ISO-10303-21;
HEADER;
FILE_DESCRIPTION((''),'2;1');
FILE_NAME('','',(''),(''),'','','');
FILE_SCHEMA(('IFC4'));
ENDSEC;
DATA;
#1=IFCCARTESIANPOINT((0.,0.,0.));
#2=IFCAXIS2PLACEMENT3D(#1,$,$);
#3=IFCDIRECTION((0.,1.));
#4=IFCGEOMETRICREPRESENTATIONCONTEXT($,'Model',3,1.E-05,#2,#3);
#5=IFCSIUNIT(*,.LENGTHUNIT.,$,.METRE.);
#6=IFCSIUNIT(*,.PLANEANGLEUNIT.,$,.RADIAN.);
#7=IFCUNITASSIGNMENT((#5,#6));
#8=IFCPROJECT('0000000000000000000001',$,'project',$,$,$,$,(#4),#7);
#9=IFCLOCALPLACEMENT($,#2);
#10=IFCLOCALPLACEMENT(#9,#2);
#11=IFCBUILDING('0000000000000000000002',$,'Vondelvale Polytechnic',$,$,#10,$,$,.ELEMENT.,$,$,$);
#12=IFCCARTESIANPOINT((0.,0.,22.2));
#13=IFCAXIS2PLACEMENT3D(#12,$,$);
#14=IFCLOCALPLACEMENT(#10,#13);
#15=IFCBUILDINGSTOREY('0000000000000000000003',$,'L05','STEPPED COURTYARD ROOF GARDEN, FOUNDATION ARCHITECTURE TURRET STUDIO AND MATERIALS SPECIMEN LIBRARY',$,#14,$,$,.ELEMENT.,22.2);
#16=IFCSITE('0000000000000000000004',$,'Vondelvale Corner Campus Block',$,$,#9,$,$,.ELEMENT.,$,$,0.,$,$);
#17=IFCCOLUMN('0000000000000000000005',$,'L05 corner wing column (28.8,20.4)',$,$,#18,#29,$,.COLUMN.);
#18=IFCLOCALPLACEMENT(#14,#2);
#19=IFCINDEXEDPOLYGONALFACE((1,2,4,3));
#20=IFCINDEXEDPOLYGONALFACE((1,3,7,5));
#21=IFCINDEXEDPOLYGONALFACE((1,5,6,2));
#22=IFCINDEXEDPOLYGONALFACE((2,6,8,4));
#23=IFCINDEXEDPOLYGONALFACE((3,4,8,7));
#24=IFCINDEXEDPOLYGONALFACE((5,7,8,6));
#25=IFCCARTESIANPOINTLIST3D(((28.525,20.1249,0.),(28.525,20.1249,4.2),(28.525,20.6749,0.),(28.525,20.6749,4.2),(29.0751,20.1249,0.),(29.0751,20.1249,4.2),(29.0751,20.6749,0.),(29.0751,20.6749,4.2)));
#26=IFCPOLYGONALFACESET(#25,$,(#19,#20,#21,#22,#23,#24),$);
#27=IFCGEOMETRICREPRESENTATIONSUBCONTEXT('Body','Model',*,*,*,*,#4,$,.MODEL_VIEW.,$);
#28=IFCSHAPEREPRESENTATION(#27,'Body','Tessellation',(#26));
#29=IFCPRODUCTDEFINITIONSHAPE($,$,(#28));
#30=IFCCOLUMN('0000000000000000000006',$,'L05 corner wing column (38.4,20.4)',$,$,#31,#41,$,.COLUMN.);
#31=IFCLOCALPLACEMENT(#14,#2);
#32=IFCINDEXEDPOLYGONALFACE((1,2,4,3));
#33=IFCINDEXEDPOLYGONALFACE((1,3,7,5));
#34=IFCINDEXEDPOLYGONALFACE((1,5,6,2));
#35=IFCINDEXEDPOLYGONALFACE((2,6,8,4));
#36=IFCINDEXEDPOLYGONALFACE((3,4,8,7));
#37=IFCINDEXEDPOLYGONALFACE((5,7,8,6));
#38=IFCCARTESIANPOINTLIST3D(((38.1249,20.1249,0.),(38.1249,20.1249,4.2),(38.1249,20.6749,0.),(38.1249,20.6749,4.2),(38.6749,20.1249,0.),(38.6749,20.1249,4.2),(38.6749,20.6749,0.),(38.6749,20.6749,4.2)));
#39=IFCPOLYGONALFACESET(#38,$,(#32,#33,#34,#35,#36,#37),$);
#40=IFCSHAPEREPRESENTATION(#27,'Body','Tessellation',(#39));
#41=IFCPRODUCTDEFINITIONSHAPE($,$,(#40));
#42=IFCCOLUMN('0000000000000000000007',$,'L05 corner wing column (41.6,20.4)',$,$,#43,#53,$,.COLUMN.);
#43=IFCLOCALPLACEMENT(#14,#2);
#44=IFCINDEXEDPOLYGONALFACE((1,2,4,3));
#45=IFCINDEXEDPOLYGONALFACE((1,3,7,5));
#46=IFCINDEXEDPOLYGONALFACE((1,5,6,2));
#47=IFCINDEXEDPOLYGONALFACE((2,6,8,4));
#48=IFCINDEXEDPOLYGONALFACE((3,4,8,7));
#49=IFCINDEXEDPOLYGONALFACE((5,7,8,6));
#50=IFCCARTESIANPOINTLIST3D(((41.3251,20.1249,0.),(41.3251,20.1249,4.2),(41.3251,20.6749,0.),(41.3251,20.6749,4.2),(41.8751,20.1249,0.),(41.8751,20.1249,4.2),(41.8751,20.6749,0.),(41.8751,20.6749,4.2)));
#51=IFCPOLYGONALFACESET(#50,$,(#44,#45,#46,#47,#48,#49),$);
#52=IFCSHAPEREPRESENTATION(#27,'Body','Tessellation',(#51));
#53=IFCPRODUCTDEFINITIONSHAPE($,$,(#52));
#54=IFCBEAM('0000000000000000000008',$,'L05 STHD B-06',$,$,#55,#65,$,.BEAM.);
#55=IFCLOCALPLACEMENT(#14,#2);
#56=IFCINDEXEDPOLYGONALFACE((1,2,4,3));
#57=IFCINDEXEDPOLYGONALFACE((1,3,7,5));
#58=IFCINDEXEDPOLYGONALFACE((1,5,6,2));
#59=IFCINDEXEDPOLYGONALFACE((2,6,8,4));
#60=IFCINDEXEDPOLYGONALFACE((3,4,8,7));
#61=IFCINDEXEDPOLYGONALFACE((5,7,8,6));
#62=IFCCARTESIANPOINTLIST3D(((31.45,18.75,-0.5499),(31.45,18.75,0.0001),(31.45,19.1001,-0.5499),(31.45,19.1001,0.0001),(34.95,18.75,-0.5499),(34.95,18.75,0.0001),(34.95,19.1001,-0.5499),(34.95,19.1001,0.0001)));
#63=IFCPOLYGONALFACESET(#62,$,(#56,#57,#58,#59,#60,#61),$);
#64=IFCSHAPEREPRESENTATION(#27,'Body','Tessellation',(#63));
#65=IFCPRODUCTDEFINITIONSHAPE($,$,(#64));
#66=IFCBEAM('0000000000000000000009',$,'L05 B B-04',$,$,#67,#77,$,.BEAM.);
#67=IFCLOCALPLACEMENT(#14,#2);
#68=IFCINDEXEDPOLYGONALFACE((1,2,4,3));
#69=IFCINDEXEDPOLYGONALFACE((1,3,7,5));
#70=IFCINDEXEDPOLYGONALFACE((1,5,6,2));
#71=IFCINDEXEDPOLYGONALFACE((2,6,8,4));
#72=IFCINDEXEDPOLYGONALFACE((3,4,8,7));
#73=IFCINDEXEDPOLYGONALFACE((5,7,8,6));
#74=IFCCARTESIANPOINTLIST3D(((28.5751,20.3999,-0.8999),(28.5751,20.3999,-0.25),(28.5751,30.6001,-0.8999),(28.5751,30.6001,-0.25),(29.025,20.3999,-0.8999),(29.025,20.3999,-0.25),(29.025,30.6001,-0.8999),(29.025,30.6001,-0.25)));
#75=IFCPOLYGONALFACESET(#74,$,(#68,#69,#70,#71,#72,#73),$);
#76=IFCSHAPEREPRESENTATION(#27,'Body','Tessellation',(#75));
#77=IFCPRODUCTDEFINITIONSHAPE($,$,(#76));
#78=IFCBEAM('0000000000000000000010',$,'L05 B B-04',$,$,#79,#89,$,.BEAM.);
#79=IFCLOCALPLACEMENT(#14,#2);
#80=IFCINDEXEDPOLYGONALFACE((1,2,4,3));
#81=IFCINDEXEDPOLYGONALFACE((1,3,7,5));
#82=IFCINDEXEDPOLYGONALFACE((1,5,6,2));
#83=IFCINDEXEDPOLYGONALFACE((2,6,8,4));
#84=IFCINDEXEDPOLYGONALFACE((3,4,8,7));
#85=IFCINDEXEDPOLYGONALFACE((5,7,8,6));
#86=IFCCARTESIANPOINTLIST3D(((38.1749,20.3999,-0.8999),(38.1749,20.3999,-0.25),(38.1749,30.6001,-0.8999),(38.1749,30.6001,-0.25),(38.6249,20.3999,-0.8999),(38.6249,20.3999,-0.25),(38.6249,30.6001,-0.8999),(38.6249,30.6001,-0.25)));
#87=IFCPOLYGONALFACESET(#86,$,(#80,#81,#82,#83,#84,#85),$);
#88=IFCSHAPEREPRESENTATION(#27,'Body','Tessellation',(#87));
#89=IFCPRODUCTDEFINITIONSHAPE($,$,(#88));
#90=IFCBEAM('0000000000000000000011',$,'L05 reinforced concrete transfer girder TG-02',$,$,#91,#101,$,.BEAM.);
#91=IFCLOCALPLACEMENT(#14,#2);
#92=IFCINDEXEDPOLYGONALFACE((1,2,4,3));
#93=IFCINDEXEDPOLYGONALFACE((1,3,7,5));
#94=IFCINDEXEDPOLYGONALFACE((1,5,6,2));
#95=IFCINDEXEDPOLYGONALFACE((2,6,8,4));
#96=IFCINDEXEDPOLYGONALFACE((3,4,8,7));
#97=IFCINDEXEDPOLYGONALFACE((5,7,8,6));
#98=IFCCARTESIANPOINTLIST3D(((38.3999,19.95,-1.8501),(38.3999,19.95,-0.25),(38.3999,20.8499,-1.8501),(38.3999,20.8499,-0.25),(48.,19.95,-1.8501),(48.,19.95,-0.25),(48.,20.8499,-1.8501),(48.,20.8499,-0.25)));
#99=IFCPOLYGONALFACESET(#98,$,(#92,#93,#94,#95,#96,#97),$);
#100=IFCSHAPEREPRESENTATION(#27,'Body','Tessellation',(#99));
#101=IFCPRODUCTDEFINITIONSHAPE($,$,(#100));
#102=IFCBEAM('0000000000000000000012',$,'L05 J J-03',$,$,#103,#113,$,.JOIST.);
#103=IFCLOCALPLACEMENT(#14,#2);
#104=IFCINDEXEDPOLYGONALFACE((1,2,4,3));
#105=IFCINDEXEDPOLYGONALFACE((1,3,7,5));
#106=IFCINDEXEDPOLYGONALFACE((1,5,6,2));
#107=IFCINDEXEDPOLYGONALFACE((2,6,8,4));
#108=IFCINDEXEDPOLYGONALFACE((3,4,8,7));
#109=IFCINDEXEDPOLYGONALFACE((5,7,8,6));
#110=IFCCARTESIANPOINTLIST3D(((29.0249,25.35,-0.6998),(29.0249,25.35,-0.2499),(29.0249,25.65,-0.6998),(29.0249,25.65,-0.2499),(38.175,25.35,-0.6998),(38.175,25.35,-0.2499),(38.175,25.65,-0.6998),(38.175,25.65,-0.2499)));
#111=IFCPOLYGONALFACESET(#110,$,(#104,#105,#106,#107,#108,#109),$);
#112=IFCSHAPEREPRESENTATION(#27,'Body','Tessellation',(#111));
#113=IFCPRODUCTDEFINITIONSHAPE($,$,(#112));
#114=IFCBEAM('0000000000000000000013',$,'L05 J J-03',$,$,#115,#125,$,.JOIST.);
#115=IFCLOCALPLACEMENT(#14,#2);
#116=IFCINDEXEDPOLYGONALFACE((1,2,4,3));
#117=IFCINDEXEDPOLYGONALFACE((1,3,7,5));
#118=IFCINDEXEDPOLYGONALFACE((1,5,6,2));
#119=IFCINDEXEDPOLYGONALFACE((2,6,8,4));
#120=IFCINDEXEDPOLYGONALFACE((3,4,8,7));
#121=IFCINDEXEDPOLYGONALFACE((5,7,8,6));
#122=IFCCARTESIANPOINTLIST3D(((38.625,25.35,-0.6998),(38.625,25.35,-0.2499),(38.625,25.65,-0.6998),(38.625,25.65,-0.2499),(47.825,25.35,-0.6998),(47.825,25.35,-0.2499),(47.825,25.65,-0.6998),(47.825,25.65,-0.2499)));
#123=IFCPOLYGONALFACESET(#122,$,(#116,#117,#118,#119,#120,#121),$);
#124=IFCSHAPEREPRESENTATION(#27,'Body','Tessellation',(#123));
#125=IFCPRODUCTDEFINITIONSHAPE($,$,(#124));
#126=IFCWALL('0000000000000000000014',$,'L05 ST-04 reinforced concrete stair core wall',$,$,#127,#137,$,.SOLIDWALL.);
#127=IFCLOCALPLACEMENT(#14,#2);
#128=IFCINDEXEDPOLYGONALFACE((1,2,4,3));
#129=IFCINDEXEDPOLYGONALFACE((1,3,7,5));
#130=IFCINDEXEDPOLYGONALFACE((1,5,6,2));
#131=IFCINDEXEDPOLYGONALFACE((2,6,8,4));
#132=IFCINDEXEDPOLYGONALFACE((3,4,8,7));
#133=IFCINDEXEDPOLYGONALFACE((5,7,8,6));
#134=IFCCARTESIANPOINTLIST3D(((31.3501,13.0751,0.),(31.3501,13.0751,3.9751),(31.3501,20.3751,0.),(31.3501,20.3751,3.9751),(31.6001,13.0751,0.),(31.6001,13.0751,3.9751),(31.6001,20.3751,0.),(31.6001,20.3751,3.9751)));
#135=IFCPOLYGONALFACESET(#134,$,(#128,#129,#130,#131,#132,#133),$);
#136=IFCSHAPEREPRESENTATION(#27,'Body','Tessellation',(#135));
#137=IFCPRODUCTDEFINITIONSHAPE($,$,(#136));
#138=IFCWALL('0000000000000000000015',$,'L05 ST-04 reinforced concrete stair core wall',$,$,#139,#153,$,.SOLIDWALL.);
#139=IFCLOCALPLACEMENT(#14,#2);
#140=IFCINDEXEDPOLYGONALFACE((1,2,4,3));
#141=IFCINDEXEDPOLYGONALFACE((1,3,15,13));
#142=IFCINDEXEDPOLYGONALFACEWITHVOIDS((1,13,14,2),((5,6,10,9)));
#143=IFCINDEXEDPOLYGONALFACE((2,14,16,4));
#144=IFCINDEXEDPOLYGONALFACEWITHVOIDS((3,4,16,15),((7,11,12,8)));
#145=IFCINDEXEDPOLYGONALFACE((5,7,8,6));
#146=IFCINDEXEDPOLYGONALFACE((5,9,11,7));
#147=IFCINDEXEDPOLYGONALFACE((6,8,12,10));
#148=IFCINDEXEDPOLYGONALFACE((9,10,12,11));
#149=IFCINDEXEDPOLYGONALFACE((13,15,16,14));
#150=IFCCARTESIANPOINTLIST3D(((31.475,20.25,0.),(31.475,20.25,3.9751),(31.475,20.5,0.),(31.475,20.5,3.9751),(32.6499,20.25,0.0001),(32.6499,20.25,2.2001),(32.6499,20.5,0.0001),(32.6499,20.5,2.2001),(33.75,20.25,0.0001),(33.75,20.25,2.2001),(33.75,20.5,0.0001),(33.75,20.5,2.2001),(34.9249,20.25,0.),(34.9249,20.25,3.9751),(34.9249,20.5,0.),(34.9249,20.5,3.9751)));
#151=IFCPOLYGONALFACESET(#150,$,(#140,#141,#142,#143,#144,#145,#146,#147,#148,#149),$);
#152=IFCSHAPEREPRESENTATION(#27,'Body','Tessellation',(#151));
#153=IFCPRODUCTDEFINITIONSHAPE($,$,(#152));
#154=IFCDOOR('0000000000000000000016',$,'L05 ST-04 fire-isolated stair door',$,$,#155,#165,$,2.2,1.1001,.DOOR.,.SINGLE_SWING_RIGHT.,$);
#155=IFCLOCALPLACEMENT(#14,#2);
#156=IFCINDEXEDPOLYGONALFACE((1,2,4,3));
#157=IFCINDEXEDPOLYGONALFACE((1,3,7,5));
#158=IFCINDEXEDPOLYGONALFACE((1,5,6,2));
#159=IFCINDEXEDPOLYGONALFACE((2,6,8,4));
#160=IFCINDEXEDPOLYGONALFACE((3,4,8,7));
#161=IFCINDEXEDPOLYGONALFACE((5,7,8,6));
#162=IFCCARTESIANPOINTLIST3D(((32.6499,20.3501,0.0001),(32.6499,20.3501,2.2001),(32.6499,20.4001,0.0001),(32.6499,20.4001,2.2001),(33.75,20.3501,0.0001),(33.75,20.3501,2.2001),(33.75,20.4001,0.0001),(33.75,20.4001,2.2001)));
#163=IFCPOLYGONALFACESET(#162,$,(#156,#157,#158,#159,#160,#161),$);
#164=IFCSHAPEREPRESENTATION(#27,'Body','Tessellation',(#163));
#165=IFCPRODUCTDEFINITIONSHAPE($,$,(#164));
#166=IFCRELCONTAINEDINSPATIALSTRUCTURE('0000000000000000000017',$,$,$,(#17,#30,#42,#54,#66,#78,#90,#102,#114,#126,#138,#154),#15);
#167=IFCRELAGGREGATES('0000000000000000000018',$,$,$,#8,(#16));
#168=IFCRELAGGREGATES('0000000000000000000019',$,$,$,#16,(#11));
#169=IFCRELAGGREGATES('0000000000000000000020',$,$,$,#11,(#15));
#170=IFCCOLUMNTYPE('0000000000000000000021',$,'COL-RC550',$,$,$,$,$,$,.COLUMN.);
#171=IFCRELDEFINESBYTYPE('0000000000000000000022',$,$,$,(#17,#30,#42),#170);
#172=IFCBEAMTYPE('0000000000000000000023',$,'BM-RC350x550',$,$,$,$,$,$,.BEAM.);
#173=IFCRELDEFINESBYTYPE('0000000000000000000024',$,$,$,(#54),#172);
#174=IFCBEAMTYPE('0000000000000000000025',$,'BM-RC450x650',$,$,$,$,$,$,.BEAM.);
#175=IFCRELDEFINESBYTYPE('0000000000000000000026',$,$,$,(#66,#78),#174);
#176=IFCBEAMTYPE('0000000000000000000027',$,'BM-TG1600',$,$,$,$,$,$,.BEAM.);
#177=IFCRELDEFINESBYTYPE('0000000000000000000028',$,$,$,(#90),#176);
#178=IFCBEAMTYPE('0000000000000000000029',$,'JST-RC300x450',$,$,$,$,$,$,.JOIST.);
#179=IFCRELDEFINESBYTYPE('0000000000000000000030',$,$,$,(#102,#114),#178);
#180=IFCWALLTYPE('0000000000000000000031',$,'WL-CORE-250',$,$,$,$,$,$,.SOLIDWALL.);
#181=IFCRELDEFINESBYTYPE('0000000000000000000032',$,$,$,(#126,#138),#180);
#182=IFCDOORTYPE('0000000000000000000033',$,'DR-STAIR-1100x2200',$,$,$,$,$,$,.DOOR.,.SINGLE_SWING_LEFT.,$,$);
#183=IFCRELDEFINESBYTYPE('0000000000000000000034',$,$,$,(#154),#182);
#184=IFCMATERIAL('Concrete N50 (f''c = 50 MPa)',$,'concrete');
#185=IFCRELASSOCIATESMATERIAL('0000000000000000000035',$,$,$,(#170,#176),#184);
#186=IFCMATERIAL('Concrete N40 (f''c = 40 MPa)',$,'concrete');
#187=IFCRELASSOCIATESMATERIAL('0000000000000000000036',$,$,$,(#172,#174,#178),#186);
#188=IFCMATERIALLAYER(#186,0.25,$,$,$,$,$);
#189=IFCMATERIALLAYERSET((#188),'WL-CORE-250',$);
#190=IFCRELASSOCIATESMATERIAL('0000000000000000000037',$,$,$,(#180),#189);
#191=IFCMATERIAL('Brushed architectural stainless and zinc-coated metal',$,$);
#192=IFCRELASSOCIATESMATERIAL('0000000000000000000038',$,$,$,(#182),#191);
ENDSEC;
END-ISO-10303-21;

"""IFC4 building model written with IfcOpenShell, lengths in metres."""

from ifc_helpers import new_model, si_unit, direction, frame, frame_2d, origin, origin_2d, place, context, subcontext, project, spatial, rectangle, extrude, material, layer, layer_set, material_profile, profile_set, type_object, element, fill, save


model = new_model("IFC4")

# Units and contexts
model_context = context("Model", 3, precision=1e-05, world=origin(), true_north=direction((0.0, 1.0)))
body_context = subcontext(model_context, "Body", "Model", "MODEL_VIEW")
ifc_project = project(units=[si_unit("LENGTHUNIT", "METRE"), si_unit("PLANEANGLEUNIT", "RADIAN")], contexts=[model_context])

# Site, building, storey
site_placement = place(None, origin())
site = spatial("IfcSite", under=ifc_project, at=site_placement, Name="Vondelvale Corner Campus Block", CompositionType="ELEMENT", RefElevation=0.0)
building_placement = place(site_placement, origin())
building = spatial("IfcBuilding", under=site, at=building_placement, Name="Vondelvale Polytechnic", CompositionType="ELEMENT")
storey_placement = place(building_placement, frame((0.0, 0.0, 22.2)))
storey = spatial("IfcBuildingStorey", under=building, at=storey_placement, Name="L05", Description="STEPPED COURTYARD ROOF GARDEN, FOUNDATION ARCHITECTURE TURRET STUDIO AND MATERIALS SPECIMEN LIBRARY", CompositionType="ELEMENT", Elevation=22.2)

# Columns
ifc_material_1 = material(Name="Concrete N50 (f'c = 50 MPa)", Category="concrete")
ifc_material_profile_1 = material_profile(ifc_material_1, rectangle(XDim=0.55, YDim=0.55, at=origin_2d()), Name="RC-COL-550x550")
ifc_profile_set_1 = profile_set([ifc_material_profile_1], Name="Concrete N50 (f'c = 50 MPa)")
column_type = type_object("IfcColumnType", Name="COL-RC550", PredefinedType="COLUMN", material=ifc_profile_set_1)
for number, where, z_axis, x_axis, name in (
    (1, (28.8, 20.3999, 0.0), (0.0, 0.0, 1.0), (1.0, 0.0, 0.0), "L05 corner wing column (28.8,20.4)"),
    (2, (38.3999, 20.3999, 0.0), (0.0, 0.0, 1.0), (1.0, 0.0, 0.0), "L05 corner wing column (38.4,20.4)"),
    (3, (41.6001, 20.3999, 0.0), (0.0, 0.0, 1.0), (1.0, 0.0, 0.0), "L05 corner wing column (41.6,20.4)"),
):
    element("IfcColumn", number, at=place(storey_placement, frame(where, z_axis=z_axis, x_axis=x_axis)), inside=storey, type_object=column_type, Name=name, PredefinedType="COLUMN", context=body_context, shape_type="SweptSolid", body=[
        extrude(rectangle(XDim=0.55, YDim=0.55, at=origin_2d()), origin(), (0.0, 0.0, 1.0), 4.2),
    ])

# Beams
ifc_material_2 = material(Name="Concrete N40 (f'c = 40 MPa)", Category="concrete")
ifc_material_profile_2 = material_profile(ifc_material_2, rectangle(XDim=0.3501, YDim=0.55, at=origin_2d()), Name="RC-BM-350x550")
ifc_profile_set_2 = profile_set([ifc_material_profile_2], Name="Concrete N40 (f'c = 40 MPa)")
beam_type_1 = type_object("IfcBeamType", Name="BM-RC350x550", PredefinedType="BEAM", material=ifc_profile_set_2)
beam_1_placement = place(storey_placement, frame((31.45, 18.925, -0.2749), z_axis=(1.0, 0.0, 0.0), x_axis=(0.0, 1.0, 0.0)))
element("IfcBeam", 4, at=beam_1_placement, inside=storey, type_object=beam_type_1, Name="L05 STHD B-06", PredefinedType="BEAM", context=body_context, shape_type="SweptSolid", body=[
    extrude(rectangle(XDim=0.3501, YDim=0.55, at=origin_2d()), origin(), (0.0, 0.0, 1.0), 3.5),
])
ifc_material_profile_3 = material_profile(ifc_material_2, rectangle(XDim=0.45, YDim=0.6499, at=origin_2d()), Name="RC-BM-450x650")
ifc_profile_set_3 = profile_set([ifc_material_profile_3], Name="Concrete N40 (f'c = 40 MPa)")
beam_type_2 = type_object("IfcBeamType", Name="BM-RC450x650", PredefinedType="BEAM", material=ifc_profile_set_3)
for number, where, z_axis, x_axis, name in (
    (5, (28.8, 20.3999, -0.575), (0.0, 1.0, 0.0), (-1.0, 0.0, 0.0), "L05 B B-04"),
    (6, (38.3999, 20.3999, -0.575), (0.0, 1.0, 0.0), (-1.0, 0.0, 0.0), "L05 B B-04"),
):
    element("IfcBeam", number, at=place(storey_placement, frame(where, z_axis=z_axis, x_axis=x_axis)), inside=storey, type_object=beam_type_2, Name=name, PredefinedType="BEAM", context=body_context, shape_type="SweptSolid", body=[
        extrude(rectangle(XDim=0.45, YDim=0.6499, at=origin_2d()), origin(), (0.0, 0.0, 1.0), 10.2002),
    ])
ifc_material_profile_4 = material_profile(ifc_material_1, rectangle(XDim=0.8999, YDim=1.6001, at=origin_2d()), Name="RC-TG-900x1600")
ifc_profile_set_4 = profile_set([ifc_material_profile_4], Name="Concrete N50 (f'c = 50 MPa)")
beam_type_3 = type_object("IfcBeamType", Name="BM-TG1600", PredefinedType="BEAM", material=ifc_profile_set_4)
beam_2_placement = place(storey_placement, frame((38.3999, 20.3999, -1.05), z_axis=(1.0, 0.0, 0.0), x_axis=(0.0, 1.0, 0.0)))
element("IfcBeam", 7, at=beam_2_placement, inside=storey, type_object=beam_type_3, Name="L05 reinforced concrete transfer girder TG-02", PredefinedType="BEAM", context=body_context, shape_type="SweptSolid", body=[
    extrude(rectangle(XDim=0.8999, YDim=1.6001, at=origin_2d()), origin(), (0.0, 0.0, 1.0), 9.6001),
])
ifc_material_profile_5 = material_profile(ifc_material_2, rectangle(XDim=0.3, YDim=0.45, at=origin_2d()), Name="RC-JST-300x450")
ifc_profile_set_5 = profile_set([ifc_material_profile_5], Name="Concrete N40 (f'c = 40 MPa)")
beam_type_4 = type_object("IfcBeamType", Name="JST-RC300x450", PredefinedType="JOIST", material=ifc_profile_set_5)
beam_3_placement = place(storey_placement, frame((29.0249, 25.5, -0.4749), z_axis=(1.0, 0.0, 0.0), x_axis=(0.0, 1.0, 0.0)))
element("IfcBeam", 8, at=beam_3_placement, inside=storey, type_object=beam_type_4, Name="L05 J J-03", PredefinedType="JOIST", context=body_context, shape_type="SweptSolid", body=[
    extrude(rectangle(XDim=0.3, YDim=0.45, at=origin_2d()), origin(), (0.0, 0.0, 1.0), 9.1501),
])
beam_4_placement = place(storey_placement, frame((38.625, 25.5, -0.4749), z_axis=(1.0, 0.0, 0.0), x_axis=(0.0, 1.0, 0.0)))
element("IfcBeam", 9, at=beam_4_placement, inside=storey, type_object=beam_type_4, Name="L05 J J-03", PredefinedType="JOIST", context=body_context, shape_type="SweptSolid", body=[
    extrude(rectangle(XDim=0.3, YDim=0.45, at=origin_2d()), origin(), (0.0, 0.0, 1.0), 9.2),
])

# Wall
ifc_layer_1 = layer(ifc_material_2, 0.25)
ifc_layer_set_1 = layer_set([ifc_layer_1], Name="WL-CORE-250")
wall_type_1 = type_object("IfcWallType", Name="WL-CORE-250", PredefinedType="SOLIDWALL", material=ifc_layer_set_1)
wall_1_placement = place(storey_placement, frame((31.4751, 20.375, 0.0), z_axis=(0.0, 0.0, 1.0), x_axis=(0.0, -1.0, 0.0)))
element("IfcWall", 10, at=wall_1_placement, inside=storey, type_object=wall_type_1, Name="L05 ST-04 reinforced concrete stair core wall", PredefinedType="SOLIDWALL", context=body_context, shape_type="SweptSolid", body=[
    extrude(rectangle(XDim=7.3, YDim=0.25, at=frame_2d((3.6499, 0.0))), origin(), (0.0, 0.0, 1.0), 3.9751),
])

# Wall, opening, door
wall_2_placement = place(storey_placement, frame((34.925, 20.375, 0.0), z_axis=(0.0, 0.0, 1.0), x_axis=(-1.0, 0.0, 0.0)))
wall_2 = element("IfcWall", 11, at=wall_2_placement, inside=storey, type_object=wall_type_1, Name="L05 ST-04 reinforced concrete stair core wall", PredefinedType="SOLIDWALL", context=body_context, shape_type="SweptSolid", body=[
    extrude(rectangle(XDim=3.45, YDim=0.25, at=frame_2d((1.7251, 0.0))), origin(), (0.0, 0.0, 1.0), 3.9751),
])
opening_1_placement = place(wall_2_placement, frame((1.175, 0.0, 0.0)))
opening_1 = element("IfcOpeningElement", 12, at=opening_1_placement, cuts=wall_2, PredefinedType="OPENING", context=body_context, shape_type="SweptSolid", body=[
    extrude(rectangle(XDim=1.1001, YDim=2.2, at=frame_2d((0.55, 1.1001))), frame((0.0, 0.135, 0.0), z_axis=(0.0, -1.0, 0.0), x_axis=(1.0, 0.0, 0.0)), (0.0, 0.0, 1.0), 0.27),
])
ifc_material_3 = material(Name="Brushed architectural stainless and zinc-coated metal")
door_type_1 = type_object("IfcDoorType", Name="DR-STAIR-1100x2200", OperationType="SINGLE_SWING_LEFT", PredefinedType="DOOR", material=ifc_material_3)
door_1_placement = place(opening_1_placement, origin())
door_1 = element("IfcDoor", 13, at=door_1_placement, inside=storey, type_object=door_type_1, Name="L05 ST-04 fire-isolated stair door", OperationType="SINGLE_SWING_RIGHT", OverallHeight=2.2, OverallWidth=1.1001, PredefinedType="DOOR", context=body_context, shape_type="SweptSolid", body=[
    extrude(rectangle(XDim=1.1001, YDim=2.2, at=frame_2d((0.55, 1.1001))), frame((0.0, 0.0249, 0.0), z_axis=(0.0, -1.0, 0.0), x_axis=(1.0, 0.0, 0.0)), (0.0, 0.0, 1.0), 0.05),
])
fill(opening_1, door_1)

save(model, "model.ifc")
